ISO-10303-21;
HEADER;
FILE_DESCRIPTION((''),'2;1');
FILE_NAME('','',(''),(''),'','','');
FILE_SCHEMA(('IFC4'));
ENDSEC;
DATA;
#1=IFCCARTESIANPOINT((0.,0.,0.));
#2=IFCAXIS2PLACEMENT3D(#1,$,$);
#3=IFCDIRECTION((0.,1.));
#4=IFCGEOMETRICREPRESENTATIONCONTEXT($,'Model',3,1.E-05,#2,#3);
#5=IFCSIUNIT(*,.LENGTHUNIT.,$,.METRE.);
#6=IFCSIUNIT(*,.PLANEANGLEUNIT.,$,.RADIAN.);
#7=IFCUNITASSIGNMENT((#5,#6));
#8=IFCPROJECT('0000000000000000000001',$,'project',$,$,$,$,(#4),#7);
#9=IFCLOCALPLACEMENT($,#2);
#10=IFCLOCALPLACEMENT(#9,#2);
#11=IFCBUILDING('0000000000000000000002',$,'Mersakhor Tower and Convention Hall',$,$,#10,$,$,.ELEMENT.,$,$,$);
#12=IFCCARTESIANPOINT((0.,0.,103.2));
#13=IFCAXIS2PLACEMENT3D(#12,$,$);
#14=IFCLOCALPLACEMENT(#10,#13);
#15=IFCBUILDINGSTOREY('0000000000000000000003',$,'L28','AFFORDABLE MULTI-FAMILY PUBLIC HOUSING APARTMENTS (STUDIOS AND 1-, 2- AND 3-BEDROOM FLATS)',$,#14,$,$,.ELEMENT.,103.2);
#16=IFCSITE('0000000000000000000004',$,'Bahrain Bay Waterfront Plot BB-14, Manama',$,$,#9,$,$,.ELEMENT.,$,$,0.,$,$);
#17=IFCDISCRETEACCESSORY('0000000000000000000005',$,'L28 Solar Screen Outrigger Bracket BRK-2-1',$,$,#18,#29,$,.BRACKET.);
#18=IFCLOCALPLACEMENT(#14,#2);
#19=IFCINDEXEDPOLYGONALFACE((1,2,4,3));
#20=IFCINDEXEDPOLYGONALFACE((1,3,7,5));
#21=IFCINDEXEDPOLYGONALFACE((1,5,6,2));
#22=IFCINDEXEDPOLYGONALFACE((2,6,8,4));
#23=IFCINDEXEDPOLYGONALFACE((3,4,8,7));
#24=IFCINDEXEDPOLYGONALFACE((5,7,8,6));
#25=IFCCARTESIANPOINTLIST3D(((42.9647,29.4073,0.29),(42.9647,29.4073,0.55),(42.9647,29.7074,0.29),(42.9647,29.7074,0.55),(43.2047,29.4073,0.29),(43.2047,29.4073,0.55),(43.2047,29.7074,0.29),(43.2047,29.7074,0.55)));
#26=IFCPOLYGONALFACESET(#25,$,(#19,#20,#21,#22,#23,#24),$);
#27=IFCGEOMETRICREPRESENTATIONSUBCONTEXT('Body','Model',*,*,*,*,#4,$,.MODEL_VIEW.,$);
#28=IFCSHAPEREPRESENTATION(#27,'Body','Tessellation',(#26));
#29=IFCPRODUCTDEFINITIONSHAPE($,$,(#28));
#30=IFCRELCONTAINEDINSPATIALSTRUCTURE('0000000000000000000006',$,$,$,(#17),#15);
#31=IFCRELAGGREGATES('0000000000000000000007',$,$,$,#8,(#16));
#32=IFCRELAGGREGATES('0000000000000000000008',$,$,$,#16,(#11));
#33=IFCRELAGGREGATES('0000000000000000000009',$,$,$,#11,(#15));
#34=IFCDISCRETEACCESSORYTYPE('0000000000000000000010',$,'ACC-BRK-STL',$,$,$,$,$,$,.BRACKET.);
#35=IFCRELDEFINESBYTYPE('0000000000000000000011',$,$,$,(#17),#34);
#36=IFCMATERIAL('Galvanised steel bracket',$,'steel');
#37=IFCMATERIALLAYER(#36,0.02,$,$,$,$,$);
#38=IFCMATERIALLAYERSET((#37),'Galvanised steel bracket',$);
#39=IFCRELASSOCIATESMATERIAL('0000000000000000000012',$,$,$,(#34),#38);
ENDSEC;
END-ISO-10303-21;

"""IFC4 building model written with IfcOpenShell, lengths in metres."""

from ifc_helpers import new_model, si_unit, direction, frame, origin, origin_2d, place, context, subcontext, project, spatial, rectangle, extrude, material, layer, layer_set, type_object, element, save


model = new_model("IFC4")

# Units and contexts
model_context = context("Model", 3, precision=1e-05, world=origin(), true_north=direction((0.0, 1.0)))
body_context = subcontext(model_context, "Body", "Model", "MODEL_VIEW")
ifc_project = project(units=[si_unit("LENGTHUNIT", "METRE"), si_unit("PLANEANGLEUNIT", "RADIAN")], contexts=[model_context])

# Site, building, storey
site_placement = place(None, origin())
site = spatial("IfcSite", under=ifc_project, at=site_placement, Name="Bahrain Bay Waterfront Plot BB-14, Manama", CompositionType="ELEMENT", RefElevation=0.0)
building_placement = place(site_placement, origin())
building = spatial("IfcBuilding", under=site, at=building_placement, Name="Mersakhor Tower and Convention Hall", CompositionType="ELEMENT")
storey_placement = place(building_placement, frame((0.0, 0.0, 103.2)))
storey = spatial("IfcBuildingStorey", under=building, at=storey_placement, Name="L28", Description="AFFORDABLE MULTI-FAMILY PUBLIC HOUSING APARTMENTS (STUDIOS AND 1-, 2- AND 3-BEDROOM FLATS)", CompositionType="ELEMENT", Elevation=103.2)

# Discrete accessory
ifc_material_1 = material(Name="Galvanised steel bracket", Category="steel")
ifc_layer_1 = layer(ifc_material_1, 0.02)
ifc_layer_set_1 = layer_set([ifc_layer_1], Name="Galvanised steel bracket")
discrete_accessory_type = type_object("IfcDiscreteAccessoryType", Name="ACC-BRK-STL", PredefinedType="BRACKET", material=ifc_layer_set_1)
discrete_accessory_placement = place(storey_placement, frame((43.0847, 29.5574, 0.29), z_axis=(0.0, 0.0, 1.0), x_axis=(0.0, -1.0, 0.0)))
element("IfcDiscreteAccessory", 1, at=discrete_accessory_placement, inside=storey, type_object=discrete_accessory_type, Name="L28 Solar Screen Outrigger Bracket BRK-2-1", PredefinedType="BRACKET", context=body_context, shape_type="SweptSolid", body=[
    extrude(rectangle(XDim=0.3, YDim=0.24, at=origin_2d()), origin(), (0.0, 0.0, 1.0), 0.26),
])

save(model, "model.ifc")
